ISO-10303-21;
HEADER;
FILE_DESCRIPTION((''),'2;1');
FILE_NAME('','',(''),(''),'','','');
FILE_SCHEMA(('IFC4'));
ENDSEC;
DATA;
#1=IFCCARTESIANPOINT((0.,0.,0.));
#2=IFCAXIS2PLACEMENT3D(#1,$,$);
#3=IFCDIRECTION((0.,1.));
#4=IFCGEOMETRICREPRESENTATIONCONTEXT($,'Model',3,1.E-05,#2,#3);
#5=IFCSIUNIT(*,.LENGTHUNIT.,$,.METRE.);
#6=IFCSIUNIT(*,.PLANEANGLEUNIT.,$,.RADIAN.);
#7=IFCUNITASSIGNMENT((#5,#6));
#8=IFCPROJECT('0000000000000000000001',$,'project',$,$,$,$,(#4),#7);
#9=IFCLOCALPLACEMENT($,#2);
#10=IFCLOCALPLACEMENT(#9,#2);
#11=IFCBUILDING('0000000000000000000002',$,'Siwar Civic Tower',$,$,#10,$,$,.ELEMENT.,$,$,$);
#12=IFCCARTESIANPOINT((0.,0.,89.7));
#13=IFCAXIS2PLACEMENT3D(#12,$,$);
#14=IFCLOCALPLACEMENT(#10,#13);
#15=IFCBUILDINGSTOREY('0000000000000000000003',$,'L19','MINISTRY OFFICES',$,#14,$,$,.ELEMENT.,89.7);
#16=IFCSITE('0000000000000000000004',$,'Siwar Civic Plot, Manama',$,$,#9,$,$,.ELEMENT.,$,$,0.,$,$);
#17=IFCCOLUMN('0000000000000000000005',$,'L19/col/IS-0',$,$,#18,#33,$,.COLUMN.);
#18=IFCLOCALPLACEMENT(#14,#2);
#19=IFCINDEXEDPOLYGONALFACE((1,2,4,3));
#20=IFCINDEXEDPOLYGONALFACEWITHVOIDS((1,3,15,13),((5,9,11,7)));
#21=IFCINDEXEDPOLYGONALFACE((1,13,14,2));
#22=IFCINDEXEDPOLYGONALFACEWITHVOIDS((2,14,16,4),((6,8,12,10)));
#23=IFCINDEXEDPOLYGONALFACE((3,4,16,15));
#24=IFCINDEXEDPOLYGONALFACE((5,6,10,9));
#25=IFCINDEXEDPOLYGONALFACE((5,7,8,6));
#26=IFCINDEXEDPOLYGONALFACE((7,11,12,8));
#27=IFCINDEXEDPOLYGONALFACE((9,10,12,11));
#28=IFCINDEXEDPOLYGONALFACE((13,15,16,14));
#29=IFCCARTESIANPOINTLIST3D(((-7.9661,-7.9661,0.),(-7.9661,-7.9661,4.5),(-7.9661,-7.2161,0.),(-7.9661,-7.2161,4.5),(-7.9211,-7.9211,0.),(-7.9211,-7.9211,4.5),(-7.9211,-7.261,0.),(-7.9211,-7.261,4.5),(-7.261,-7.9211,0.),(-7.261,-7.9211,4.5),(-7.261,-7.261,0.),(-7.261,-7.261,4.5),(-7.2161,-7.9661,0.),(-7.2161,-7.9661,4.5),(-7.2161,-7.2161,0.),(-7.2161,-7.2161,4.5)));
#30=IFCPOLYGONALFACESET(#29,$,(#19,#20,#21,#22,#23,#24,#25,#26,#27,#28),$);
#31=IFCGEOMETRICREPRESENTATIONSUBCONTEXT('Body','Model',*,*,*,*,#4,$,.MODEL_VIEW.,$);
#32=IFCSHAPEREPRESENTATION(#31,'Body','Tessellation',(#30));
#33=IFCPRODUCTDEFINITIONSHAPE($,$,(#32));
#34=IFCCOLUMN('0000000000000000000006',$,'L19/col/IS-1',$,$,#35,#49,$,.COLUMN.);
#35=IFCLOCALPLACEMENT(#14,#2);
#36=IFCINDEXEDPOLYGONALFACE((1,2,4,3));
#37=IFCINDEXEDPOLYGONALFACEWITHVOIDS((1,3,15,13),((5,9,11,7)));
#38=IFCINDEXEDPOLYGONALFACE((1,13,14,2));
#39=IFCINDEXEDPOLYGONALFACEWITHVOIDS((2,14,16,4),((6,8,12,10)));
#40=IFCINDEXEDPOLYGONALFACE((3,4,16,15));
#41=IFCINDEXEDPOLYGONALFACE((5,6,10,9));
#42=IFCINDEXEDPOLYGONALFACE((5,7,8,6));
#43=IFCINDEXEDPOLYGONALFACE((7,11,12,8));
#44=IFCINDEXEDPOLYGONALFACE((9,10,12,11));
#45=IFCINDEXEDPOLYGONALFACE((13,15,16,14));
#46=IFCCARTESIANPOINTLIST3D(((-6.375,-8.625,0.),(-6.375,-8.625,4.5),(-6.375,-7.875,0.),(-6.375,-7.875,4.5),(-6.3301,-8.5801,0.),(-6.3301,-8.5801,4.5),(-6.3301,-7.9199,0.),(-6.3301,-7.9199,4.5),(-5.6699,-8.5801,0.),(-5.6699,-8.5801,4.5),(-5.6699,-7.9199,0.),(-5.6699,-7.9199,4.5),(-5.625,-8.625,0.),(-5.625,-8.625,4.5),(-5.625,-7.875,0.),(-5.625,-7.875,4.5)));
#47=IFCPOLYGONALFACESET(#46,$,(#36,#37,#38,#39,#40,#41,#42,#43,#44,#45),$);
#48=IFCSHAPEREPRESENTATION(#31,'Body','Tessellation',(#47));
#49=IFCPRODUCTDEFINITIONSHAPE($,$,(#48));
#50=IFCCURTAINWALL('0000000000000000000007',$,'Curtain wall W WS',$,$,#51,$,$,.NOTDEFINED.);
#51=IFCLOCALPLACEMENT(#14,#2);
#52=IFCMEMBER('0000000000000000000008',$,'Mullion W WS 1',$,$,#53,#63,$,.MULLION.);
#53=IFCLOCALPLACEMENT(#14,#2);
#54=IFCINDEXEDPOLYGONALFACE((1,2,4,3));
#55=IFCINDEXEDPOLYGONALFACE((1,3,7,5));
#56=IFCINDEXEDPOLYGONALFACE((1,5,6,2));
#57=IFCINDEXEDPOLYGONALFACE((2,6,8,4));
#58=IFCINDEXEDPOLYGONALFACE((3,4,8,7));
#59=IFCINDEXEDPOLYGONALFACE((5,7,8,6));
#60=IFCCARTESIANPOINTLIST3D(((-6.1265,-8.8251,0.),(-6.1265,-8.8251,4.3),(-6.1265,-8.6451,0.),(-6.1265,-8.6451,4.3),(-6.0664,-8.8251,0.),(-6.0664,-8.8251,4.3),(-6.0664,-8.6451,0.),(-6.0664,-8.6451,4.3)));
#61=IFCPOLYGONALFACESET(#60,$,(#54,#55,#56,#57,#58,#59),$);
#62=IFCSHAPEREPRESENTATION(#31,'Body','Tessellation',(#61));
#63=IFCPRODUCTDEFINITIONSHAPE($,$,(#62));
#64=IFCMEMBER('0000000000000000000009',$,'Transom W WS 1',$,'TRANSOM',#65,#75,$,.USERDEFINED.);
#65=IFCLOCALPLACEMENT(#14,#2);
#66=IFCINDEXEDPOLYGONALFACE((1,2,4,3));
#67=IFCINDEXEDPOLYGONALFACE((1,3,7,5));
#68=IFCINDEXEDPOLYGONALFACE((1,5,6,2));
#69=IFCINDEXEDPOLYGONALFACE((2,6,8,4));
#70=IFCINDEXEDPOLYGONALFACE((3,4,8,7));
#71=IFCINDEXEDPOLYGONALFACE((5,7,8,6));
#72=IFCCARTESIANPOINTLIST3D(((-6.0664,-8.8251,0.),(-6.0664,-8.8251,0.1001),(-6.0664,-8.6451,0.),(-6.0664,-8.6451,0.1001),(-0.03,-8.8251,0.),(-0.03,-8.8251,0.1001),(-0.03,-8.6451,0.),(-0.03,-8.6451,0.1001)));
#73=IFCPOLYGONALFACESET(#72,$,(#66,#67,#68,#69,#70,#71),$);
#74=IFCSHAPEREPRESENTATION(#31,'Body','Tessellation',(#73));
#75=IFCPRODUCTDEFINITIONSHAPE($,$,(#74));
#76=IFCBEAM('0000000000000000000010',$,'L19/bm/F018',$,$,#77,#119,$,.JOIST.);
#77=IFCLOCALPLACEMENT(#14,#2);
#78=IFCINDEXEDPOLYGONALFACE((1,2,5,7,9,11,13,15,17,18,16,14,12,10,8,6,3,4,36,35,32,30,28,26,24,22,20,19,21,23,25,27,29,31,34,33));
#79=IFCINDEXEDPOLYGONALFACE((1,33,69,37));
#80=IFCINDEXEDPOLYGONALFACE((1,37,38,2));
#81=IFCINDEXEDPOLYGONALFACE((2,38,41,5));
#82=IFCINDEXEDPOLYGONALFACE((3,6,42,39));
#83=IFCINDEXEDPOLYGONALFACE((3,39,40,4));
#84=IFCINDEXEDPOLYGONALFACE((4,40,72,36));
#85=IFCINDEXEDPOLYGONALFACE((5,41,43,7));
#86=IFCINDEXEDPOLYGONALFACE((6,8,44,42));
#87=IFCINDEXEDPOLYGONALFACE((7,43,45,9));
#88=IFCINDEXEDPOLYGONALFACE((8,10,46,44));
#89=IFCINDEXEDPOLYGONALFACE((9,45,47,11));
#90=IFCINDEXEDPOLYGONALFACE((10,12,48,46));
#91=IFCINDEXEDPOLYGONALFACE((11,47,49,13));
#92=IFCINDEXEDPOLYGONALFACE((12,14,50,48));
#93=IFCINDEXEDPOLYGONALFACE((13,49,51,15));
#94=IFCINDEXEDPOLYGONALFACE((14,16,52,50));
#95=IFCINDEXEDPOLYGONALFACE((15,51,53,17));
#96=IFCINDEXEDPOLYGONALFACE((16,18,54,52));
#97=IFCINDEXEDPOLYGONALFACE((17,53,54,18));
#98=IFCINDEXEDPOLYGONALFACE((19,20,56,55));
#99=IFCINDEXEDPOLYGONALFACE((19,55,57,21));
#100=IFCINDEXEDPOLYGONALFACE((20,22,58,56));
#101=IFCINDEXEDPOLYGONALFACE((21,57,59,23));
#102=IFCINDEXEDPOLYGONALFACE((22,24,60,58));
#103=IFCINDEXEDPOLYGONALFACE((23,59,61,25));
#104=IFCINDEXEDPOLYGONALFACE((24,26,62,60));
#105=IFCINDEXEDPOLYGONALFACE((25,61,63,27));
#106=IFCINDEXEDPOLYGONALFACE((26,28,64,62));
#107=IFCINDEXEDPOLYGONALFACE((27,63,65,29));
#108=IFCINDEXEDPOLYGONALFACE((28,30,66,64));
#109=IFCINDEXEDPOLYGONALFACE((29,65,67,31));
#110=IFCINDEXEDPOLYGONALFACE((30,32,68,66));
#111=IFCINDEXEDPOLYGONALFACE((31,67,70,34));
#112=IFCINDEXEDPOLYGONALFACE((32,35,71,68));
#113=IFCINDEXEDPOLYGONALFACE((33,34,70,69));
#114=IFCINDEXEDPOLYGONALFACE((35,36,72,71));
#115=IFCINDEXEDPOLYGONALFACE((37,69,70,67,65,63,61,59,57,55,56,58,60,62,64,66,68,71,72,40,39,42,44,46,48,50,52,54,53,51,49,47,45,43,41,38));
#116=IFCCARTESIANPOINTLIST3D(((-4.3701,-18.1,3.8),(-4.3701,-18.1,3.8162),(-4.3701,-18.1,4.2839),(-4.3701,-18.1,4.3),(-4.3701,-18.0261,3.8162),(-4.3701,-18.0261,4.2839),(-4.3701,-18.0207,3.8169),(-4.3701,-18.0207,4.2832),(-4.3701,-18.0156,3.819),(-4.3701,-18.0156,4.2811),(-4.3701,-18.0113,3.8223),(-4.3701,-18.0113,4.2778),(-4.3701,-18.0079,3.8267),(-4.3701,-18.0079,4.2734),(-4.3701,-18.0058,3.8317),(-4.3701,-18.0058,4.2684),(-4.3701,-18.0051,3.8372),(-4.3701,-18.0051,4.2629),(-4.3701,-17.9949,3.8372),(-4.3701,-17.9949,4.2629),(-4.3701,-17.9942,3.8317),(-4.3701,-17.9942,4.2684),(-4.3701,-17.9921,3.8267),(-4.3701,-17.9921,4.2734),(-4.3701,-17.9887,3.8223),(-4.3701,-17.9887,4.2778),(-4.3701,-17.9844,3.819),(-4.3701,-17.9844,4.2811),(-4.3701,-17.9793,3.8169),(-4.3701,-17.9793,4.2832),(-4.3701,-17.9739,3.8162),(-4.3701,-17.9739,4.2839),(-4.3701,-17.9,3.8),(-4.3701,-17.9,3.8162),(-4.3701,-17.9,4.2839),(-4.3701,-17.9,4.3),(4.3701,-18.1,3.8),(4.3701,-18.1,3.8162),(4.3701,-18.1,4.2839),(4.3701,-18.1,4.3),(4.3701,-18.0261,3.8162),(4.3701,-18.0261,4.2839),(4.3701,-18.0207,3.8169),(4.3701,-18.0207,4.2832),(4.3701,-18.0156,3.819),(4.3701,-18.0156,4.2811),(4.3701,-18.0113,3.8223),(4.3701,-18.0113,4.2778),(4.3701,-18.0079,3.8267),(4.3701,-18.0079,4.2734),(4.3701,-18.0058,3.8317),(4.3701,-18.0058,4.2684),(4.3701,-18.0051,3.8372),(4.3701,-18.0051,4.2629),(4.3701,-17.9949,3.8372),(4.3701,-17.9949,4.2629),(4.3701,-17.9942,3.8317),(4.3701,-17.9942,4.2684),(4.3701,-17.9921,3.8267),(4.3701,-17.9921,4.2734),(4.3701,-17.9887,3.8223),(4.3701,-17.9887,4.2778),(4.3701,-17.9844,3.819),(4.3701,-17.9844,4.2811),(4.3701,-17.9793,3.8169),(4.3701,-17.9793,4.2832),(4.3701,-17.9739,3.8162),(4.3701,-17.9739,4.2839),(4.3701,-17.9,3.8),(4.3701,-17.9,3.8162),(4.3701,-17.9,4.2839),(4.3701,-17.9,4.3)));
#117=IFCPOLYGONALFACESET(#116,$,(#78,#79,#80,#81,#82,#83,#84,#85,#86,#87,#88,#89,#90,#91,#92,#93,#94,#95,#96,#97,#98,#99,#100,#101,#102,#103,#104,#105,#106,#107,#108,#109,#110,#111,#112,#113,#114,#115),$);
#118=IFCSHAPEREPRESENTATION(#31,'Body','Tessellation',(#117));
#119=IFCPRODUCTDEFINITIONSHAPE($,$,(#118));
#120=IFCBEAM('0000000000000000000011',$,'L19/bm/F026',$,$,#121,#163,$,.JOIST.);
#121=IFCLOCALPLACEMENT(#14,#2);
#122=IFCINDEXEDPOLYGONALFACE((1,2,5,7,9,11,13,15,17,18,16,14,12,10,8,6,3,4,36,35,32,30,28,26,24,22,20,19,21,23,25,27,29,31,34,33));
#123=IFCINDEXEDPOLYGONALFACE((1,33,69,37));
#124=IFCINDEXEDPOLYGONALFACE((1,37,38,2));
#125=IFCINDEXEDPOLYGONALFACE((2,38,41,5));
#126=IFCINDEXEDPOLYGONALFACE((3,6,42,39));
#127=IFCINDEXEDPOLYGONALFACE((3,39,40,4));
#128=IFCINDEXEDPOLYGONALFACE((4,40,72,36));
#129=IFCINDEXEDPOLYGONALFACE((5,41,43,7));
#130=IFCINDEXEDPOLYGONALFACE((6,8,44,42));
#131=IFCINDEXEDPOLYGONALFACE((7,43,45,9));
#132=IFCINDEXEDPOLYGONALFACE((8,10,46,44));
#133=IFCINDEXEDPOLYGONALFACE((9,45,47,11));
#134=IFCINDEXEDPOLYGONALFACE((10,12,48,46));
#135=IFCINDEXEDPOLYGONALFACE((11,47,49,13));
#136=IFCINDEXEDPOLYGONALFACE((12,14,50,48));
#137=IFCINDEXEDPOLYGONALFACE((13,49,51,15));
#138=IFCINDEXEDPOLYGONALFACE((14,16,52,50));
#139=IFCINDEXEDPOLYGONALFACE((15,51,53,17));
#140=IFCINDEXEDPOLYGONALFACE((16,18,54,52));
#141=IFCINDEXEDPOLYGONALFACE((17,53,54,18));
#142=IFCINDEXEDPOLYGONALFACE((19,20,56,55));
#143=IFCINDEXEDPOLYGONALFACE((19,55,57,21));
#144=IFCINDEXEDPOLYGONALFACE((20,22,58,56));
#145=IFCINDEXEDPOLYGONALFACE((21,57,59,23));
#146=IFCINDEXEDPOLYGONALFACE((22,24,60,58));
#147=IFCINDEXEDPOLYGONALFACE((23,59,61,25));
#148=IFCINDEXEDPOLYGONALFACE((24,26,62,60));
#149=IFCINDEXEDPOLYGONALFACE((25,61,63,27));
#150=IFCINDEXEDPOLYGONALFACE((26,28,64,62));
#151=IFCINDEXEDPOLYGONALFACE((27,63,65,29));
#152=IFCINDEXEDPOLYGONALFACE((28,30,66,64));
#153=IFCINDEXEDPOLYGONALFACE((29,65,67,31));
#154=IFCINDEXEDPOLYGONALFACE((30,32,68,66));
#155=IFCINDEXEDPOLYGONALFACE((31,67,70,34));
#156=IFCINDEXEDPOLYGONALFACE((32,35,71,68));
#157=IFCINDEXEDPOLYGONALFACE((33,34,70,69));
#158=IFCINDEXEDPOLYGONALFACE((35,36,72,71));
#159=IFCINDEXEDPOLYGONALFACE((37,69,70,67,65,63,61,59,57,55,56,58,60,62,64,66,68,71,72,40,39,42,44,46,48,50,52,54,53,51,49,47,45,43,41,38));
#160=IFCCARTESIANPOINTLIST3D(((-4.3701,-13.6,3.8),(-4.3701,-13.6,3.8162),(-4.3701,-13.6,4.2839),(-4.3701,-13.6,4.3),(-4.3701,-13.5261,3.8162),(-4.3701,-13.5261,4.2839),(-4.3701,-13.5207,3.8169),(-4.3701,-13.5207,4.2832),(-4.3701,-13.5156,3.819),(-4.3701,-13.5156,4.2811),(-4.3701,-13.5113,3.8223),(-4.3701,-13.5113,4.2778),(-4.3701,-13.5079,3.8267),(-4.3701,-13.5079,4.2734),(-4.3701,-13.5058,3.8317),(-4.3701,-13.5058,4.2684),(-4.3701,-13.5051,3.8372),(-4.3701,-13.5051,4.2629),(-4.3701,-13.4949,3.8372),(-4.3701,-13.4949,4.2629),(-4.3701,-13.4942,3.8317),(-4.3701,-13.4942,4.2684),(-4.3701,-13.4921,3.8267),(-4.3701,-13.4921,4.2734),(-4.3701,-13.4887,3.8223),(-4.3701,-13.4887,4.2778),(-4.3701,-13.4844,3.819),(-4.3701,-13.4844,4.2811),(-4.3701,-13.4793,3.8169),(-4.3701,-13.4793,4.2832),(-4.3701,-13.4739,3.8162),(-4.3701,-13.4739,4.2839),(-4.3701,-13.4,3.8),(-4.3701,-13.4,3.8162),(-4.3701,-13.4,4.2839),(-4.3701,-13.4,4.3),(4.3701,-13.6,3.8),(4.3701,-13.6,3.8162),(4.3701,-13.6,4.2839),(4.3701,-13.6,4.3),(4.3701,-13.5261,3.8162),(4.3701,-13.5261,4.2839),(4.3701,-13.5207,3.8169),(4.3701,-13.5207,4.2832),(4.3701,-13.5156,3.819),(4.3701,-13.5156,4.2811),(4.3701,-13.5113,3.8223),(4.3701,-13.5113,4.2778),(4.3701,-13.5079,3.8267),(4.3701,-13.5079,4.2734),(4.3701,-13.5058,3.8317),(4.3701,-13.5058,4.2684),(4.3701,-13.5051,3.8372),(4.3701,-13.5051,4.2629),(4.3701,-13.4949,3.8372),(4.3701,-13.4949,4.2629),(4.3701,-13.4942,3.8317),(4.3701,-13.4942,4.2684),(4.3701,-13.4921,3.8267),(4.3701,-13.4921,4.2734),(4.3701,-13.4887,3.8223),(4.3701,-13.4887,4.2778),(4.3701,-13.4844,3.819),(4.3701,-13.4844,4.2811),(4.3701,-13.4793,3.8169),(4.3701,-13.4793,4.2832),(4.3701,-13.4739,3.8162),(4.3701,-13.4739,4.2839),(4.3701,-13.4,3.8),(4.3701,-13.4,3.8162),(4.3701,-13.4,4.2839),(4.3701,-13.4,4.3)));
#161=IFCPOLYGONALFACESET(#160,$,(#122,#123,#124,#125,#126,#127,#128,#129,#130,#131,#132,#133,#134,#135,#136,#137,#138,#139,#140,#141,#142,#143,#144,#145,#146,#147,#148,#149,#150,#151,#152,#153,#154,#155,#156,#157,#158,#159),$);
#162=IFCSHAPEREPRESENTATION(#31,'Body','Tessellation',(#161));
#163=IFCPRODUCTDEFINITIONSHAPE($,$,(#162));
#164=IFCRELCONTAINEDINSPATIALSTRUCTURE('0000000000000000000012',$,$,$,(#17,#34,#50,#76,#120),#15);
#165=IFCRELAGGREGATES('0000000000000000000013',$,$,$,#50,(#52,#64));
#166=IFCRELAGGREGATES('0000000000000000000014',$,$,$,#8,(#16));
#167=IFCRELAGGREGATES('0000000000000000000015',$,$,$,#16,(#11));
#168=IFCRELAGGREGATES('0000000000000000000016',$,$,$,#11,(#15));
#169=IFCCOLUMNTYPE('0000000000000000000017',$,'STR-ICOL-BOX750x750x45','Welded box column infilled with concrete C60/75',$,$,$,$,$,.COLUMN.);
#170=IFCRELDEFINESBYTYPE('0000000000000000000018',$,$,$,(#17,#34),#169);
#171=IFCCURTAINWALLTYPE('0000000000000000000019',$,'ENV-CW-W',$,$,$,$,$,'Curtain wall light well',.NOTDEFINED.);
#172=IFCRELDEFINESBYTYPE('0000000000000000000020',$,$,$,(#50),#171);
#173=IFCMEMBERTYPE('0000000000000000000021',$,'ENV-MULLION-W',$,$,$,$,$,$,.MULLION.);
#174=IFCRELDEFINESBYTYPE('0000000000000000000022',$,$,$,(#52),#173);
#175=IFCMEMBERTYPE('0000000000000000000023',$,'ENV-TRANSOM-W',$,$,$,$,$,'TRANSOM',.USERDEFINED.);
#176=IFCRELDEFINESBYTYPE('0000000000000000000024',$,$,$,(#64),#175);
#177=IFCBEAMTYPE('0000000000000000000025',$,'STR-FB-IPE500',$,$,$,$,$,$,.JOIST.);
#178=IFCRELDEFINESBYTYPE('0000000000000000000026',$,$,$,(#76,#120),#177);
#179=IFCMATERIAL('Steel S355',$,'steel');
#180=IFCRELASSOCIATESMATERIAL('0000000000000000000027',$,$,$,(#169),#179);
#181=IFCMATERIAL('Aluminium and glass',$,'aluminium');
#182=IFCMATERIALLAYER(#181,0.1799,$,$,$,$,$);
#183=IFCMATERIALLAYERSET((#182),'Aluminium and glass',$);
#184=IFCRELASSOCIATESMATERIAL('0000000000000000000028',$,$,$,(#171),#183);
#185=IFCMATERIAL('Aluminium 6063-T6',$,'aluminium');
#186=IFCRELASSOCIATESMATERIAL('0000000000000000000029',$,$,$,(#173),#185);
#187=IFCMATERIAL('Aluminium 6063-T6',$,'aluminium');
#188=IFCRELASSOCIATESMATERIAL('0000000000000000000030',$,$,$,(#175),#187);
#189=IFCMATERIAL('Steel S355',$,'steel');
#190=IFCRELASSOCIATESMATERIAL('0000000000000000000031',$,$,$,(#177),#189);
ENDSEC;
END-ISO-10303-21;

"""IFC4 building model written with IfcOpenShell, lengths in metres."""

from ifc_helpers import new_model, si_unit, direction, frame, origin, origin_2d, place, context, subcontext, project, spatial, rectangle, hollow_rectangle, i_section, extrude, material, layer, layer_set, material_profile, profile_set, type_object, element, aggregate, save


model = new_model("IFC4")

# Units and contexts
model_context = context("Model", 3, precision=1e-05, world=origin(), true_north=direction((0.0, 1.0)))
body_context = subcontext(model_context, "Body", "Model", "MODEL_VIEW")
ifc_project = project(units=[si_unit("LENGTHUNIT", "METRE"), si_unit("PLANEANGLEUNIT", "RADIAN")], contexts=[model_context])

# Site, building, storey
site_placement = place(None, origin())
site = spatial("IfcSite", under=ifc_project, at=site_placement, Name="Siwar Civic Plot, Manama", CompositionType="ELEMENT", RefElevation=0.0)
building_placement = place(site_placement, origin())
building = spatial("IfcBuilding", under=site, at=building_placement, Name="Siwar Civic Tower", CompositionType="ELEMENT")
storey_placement = place(building_placement, frame((0.0, 0.0, 89.7)))
storey = spatial("IfcBuildingStorey", under=building, at=storey_placement, Name="L19", Description="MINISTRY OFFICES", CompositionType="ELEMENT", Elevation=89.7)

# Columns
ifc_material_1 = material(Name="Steel S355", Category="steel")
ifc_material_profile_1 = material_profile(ifc_material_1, hollow_rectangle(XDim=0.75, YDim=0.75, WallThickness=0.0449, at=origin_2d()), Name="BOX750x750x45")
ifc_profile_set_1 = profile_set([ifc_material_profile_1], Name="Steel S355")
column_type = type_object("IfcColumnType", Name="STR-ICOL-BOX750x750x45", Description="Welded box column infilled with concrete C60/75", PredefinedType="COLUMN", material=ifc_profile_set_1)
for number, where, z_axis, x_axis, name in (
    (1, (-7.5911, -7.5911, 0.0), (0.0, 0.0, 1.0), (1.0, 0.0, 0.0), "L19/col/IS-0"),
    (2, (-6.0, -8.25, 0.0), (0.0, 0.0, 1.0), (1.0, 0.0, 0.0), "L19/col/IS-1"),
):
    element("IfcColumn", number, at=place(storey_placement, frame(where, z_axis=z_axis, x_axis=x_axis)), inside=storey, type_object=column_type, Name=name, PredefinedType="COLUMN", context=body_context, shape_type="SweptSolid", body=[
        extrude(hollow_rectangle(XDim=0.75, YDim=0.75, WallThickness=0.0449, at=origin_2d()), origin(), (0.0, 0.0, 1.0), 4.5),
    ])

# Curtain wall, members
ifc_material_2 = material(Name="Aluminium and glass", Category="aluminium")
ifc_layer_1 = layer(ifc_material_2, 0.1799)
ifc_layer_set_1 = layer_set([ifc_layer_1], Name="Aluminium and glass")
curtain_wall_type = type_object("IfcCurtainWallType", Name="ENV-CW-W", ElementType="Curtain wall light well", PredefinedType="NOTDEFINED", material=ifc_layer_set_1)
curtain_wall_placement = place(storey_placement, origin())
curtain_wall = element("IfcCurtainWall", 3, at=curtain_wall_placement, inside=storey, type_object=curtain_wall_type, Name="Curtain wall W WS", PredefinedType="NOTDEFINED")
ifc_material_3 = material(Name="Aluminium 6063-T6", Category="aluminium")
ifc_material_profile_2 = material_profile(ifc_material_3, rectangle(XDim=0.1799, YDim=0.0601, at=origin_2d()), Name="AL 180x60")
ifc_profile_set_2 = profile_set([ifc_material_profile_2], Name="Aluminium 6063-T6")
member_type_1 = type_object("IfcMemberType", Name="ENV-MULLION-W", PredefinedType="MULLION", material=ifc_profile_set_2)
member_1_placement = place(storey_placement, frame((-6.0964, -8.7351, 0.0), z_axis=(0.0, 0.0, 1.0), x_axis=(0.0, 1.0, 0.0)))
member_1 = element("IfcMember", 4, at=member_1_placement, type_object=member_type_1, Name="Mullion W WS 1", PredefinedType="MULLION", context=body_context, shape_type="SweptSolid", body=[
    extrude(rectangle(XDim=0.1799, YDim=0.0601, at=origin_2d()), origin(), (0.0, 0.0, 1.0), 4.3),
])
ifc_material_4 = material(Name="Aluminium 6063-T6", Category="aluminium")
ifc_material_profile_3 = material_profile(ifc_material_4, rectangle(XDim=0.1799, YDim=0.1001, at=origin_2d()), Name="AL 180x100")
ifc_profile_set_3 = profile_set([ifc_material_profile_3], Name="Aluminium 6063-T6")
member_type_2 = type_object("IfcMemberType", Name="ENV-TRANSOM-W", ElementType="TRANSOM", PredefinedType="USERDEFINED", material=ifc_profile_set_3)
member_2_placement = place(storey_placement, frame((-6.0664, -8.7351, 0.05), z_axis=(1.0, 0.0, 0.0), x_axis=(0.0, 1.0, 0.0)))
member_2 = element("IfcMember", 5, at=member_2_placement, type_object=member_type_2, Name="Transom W WS 1", ObjectType="TRANSOM", PredefinedType="USERDEFINED", context=body_context, shape_type="SweptSolid", body=[
    extrude(rectangle(XDim=0.1799, YDim=0.1001, at=origin_2d()), origin(), (0.0, 0.0, 1.0), 6.0364),
])

# Beams
ifc_material_5 = material(Name="Steel S355", Category="steel")
ifc_material_profile_4 = material_profile(ifc_material_5, i_section(OverallWidth=0.2, OverallDepth=0.5, WebThickness=0.0103, FlangeThickness=0.0161, FilletRadius=0.021, at=origin_2d()), Name="IPE500")
ifc_profile_set_4 = profile_set([ifc_material_profile_4], Name="Steel S355")
beam_type_1 = type_object("IfcBeamType", Name="STR-FB-IPE500", PredefinedType="JOIST", material=ifc_profile_set_4)
for number, where, z_axis, x_axis, name in (
    (6, (-4.3701, -18.0, 4.05), (1.0, 0.0, 0.0), (0.0, 1.0, 0.0), "L19/bm/F018"),
    (7, (-4.3701, -13.5, 4.05), (1.0, 0.0, 0.0), (0.0, 1.0, 0.0), "L19/bm/F026"),
):
    element("IfcBeam", number, at=place(storey_placement, frame(where, z_axis=z_axis, x_axis=x_axis)), inside=storey, type_object=beam_type_1, Name=name, PredefinedType="JOIST", context=body_context, shape_type="SweptSolid", body=[
        extrude(i_section(OverallWidth=0.2, OverallDepth=0.5, WebThickness=0.0103, FlangeThickness=0.0161, FilletRadius=0.021, at=origin_2d()), origin(), (0.0, 0.0, 1.0), 8.7402),
    ])

aggregate(curtain_wall, [member_1, member_2])

save(model, "model.ifc")
